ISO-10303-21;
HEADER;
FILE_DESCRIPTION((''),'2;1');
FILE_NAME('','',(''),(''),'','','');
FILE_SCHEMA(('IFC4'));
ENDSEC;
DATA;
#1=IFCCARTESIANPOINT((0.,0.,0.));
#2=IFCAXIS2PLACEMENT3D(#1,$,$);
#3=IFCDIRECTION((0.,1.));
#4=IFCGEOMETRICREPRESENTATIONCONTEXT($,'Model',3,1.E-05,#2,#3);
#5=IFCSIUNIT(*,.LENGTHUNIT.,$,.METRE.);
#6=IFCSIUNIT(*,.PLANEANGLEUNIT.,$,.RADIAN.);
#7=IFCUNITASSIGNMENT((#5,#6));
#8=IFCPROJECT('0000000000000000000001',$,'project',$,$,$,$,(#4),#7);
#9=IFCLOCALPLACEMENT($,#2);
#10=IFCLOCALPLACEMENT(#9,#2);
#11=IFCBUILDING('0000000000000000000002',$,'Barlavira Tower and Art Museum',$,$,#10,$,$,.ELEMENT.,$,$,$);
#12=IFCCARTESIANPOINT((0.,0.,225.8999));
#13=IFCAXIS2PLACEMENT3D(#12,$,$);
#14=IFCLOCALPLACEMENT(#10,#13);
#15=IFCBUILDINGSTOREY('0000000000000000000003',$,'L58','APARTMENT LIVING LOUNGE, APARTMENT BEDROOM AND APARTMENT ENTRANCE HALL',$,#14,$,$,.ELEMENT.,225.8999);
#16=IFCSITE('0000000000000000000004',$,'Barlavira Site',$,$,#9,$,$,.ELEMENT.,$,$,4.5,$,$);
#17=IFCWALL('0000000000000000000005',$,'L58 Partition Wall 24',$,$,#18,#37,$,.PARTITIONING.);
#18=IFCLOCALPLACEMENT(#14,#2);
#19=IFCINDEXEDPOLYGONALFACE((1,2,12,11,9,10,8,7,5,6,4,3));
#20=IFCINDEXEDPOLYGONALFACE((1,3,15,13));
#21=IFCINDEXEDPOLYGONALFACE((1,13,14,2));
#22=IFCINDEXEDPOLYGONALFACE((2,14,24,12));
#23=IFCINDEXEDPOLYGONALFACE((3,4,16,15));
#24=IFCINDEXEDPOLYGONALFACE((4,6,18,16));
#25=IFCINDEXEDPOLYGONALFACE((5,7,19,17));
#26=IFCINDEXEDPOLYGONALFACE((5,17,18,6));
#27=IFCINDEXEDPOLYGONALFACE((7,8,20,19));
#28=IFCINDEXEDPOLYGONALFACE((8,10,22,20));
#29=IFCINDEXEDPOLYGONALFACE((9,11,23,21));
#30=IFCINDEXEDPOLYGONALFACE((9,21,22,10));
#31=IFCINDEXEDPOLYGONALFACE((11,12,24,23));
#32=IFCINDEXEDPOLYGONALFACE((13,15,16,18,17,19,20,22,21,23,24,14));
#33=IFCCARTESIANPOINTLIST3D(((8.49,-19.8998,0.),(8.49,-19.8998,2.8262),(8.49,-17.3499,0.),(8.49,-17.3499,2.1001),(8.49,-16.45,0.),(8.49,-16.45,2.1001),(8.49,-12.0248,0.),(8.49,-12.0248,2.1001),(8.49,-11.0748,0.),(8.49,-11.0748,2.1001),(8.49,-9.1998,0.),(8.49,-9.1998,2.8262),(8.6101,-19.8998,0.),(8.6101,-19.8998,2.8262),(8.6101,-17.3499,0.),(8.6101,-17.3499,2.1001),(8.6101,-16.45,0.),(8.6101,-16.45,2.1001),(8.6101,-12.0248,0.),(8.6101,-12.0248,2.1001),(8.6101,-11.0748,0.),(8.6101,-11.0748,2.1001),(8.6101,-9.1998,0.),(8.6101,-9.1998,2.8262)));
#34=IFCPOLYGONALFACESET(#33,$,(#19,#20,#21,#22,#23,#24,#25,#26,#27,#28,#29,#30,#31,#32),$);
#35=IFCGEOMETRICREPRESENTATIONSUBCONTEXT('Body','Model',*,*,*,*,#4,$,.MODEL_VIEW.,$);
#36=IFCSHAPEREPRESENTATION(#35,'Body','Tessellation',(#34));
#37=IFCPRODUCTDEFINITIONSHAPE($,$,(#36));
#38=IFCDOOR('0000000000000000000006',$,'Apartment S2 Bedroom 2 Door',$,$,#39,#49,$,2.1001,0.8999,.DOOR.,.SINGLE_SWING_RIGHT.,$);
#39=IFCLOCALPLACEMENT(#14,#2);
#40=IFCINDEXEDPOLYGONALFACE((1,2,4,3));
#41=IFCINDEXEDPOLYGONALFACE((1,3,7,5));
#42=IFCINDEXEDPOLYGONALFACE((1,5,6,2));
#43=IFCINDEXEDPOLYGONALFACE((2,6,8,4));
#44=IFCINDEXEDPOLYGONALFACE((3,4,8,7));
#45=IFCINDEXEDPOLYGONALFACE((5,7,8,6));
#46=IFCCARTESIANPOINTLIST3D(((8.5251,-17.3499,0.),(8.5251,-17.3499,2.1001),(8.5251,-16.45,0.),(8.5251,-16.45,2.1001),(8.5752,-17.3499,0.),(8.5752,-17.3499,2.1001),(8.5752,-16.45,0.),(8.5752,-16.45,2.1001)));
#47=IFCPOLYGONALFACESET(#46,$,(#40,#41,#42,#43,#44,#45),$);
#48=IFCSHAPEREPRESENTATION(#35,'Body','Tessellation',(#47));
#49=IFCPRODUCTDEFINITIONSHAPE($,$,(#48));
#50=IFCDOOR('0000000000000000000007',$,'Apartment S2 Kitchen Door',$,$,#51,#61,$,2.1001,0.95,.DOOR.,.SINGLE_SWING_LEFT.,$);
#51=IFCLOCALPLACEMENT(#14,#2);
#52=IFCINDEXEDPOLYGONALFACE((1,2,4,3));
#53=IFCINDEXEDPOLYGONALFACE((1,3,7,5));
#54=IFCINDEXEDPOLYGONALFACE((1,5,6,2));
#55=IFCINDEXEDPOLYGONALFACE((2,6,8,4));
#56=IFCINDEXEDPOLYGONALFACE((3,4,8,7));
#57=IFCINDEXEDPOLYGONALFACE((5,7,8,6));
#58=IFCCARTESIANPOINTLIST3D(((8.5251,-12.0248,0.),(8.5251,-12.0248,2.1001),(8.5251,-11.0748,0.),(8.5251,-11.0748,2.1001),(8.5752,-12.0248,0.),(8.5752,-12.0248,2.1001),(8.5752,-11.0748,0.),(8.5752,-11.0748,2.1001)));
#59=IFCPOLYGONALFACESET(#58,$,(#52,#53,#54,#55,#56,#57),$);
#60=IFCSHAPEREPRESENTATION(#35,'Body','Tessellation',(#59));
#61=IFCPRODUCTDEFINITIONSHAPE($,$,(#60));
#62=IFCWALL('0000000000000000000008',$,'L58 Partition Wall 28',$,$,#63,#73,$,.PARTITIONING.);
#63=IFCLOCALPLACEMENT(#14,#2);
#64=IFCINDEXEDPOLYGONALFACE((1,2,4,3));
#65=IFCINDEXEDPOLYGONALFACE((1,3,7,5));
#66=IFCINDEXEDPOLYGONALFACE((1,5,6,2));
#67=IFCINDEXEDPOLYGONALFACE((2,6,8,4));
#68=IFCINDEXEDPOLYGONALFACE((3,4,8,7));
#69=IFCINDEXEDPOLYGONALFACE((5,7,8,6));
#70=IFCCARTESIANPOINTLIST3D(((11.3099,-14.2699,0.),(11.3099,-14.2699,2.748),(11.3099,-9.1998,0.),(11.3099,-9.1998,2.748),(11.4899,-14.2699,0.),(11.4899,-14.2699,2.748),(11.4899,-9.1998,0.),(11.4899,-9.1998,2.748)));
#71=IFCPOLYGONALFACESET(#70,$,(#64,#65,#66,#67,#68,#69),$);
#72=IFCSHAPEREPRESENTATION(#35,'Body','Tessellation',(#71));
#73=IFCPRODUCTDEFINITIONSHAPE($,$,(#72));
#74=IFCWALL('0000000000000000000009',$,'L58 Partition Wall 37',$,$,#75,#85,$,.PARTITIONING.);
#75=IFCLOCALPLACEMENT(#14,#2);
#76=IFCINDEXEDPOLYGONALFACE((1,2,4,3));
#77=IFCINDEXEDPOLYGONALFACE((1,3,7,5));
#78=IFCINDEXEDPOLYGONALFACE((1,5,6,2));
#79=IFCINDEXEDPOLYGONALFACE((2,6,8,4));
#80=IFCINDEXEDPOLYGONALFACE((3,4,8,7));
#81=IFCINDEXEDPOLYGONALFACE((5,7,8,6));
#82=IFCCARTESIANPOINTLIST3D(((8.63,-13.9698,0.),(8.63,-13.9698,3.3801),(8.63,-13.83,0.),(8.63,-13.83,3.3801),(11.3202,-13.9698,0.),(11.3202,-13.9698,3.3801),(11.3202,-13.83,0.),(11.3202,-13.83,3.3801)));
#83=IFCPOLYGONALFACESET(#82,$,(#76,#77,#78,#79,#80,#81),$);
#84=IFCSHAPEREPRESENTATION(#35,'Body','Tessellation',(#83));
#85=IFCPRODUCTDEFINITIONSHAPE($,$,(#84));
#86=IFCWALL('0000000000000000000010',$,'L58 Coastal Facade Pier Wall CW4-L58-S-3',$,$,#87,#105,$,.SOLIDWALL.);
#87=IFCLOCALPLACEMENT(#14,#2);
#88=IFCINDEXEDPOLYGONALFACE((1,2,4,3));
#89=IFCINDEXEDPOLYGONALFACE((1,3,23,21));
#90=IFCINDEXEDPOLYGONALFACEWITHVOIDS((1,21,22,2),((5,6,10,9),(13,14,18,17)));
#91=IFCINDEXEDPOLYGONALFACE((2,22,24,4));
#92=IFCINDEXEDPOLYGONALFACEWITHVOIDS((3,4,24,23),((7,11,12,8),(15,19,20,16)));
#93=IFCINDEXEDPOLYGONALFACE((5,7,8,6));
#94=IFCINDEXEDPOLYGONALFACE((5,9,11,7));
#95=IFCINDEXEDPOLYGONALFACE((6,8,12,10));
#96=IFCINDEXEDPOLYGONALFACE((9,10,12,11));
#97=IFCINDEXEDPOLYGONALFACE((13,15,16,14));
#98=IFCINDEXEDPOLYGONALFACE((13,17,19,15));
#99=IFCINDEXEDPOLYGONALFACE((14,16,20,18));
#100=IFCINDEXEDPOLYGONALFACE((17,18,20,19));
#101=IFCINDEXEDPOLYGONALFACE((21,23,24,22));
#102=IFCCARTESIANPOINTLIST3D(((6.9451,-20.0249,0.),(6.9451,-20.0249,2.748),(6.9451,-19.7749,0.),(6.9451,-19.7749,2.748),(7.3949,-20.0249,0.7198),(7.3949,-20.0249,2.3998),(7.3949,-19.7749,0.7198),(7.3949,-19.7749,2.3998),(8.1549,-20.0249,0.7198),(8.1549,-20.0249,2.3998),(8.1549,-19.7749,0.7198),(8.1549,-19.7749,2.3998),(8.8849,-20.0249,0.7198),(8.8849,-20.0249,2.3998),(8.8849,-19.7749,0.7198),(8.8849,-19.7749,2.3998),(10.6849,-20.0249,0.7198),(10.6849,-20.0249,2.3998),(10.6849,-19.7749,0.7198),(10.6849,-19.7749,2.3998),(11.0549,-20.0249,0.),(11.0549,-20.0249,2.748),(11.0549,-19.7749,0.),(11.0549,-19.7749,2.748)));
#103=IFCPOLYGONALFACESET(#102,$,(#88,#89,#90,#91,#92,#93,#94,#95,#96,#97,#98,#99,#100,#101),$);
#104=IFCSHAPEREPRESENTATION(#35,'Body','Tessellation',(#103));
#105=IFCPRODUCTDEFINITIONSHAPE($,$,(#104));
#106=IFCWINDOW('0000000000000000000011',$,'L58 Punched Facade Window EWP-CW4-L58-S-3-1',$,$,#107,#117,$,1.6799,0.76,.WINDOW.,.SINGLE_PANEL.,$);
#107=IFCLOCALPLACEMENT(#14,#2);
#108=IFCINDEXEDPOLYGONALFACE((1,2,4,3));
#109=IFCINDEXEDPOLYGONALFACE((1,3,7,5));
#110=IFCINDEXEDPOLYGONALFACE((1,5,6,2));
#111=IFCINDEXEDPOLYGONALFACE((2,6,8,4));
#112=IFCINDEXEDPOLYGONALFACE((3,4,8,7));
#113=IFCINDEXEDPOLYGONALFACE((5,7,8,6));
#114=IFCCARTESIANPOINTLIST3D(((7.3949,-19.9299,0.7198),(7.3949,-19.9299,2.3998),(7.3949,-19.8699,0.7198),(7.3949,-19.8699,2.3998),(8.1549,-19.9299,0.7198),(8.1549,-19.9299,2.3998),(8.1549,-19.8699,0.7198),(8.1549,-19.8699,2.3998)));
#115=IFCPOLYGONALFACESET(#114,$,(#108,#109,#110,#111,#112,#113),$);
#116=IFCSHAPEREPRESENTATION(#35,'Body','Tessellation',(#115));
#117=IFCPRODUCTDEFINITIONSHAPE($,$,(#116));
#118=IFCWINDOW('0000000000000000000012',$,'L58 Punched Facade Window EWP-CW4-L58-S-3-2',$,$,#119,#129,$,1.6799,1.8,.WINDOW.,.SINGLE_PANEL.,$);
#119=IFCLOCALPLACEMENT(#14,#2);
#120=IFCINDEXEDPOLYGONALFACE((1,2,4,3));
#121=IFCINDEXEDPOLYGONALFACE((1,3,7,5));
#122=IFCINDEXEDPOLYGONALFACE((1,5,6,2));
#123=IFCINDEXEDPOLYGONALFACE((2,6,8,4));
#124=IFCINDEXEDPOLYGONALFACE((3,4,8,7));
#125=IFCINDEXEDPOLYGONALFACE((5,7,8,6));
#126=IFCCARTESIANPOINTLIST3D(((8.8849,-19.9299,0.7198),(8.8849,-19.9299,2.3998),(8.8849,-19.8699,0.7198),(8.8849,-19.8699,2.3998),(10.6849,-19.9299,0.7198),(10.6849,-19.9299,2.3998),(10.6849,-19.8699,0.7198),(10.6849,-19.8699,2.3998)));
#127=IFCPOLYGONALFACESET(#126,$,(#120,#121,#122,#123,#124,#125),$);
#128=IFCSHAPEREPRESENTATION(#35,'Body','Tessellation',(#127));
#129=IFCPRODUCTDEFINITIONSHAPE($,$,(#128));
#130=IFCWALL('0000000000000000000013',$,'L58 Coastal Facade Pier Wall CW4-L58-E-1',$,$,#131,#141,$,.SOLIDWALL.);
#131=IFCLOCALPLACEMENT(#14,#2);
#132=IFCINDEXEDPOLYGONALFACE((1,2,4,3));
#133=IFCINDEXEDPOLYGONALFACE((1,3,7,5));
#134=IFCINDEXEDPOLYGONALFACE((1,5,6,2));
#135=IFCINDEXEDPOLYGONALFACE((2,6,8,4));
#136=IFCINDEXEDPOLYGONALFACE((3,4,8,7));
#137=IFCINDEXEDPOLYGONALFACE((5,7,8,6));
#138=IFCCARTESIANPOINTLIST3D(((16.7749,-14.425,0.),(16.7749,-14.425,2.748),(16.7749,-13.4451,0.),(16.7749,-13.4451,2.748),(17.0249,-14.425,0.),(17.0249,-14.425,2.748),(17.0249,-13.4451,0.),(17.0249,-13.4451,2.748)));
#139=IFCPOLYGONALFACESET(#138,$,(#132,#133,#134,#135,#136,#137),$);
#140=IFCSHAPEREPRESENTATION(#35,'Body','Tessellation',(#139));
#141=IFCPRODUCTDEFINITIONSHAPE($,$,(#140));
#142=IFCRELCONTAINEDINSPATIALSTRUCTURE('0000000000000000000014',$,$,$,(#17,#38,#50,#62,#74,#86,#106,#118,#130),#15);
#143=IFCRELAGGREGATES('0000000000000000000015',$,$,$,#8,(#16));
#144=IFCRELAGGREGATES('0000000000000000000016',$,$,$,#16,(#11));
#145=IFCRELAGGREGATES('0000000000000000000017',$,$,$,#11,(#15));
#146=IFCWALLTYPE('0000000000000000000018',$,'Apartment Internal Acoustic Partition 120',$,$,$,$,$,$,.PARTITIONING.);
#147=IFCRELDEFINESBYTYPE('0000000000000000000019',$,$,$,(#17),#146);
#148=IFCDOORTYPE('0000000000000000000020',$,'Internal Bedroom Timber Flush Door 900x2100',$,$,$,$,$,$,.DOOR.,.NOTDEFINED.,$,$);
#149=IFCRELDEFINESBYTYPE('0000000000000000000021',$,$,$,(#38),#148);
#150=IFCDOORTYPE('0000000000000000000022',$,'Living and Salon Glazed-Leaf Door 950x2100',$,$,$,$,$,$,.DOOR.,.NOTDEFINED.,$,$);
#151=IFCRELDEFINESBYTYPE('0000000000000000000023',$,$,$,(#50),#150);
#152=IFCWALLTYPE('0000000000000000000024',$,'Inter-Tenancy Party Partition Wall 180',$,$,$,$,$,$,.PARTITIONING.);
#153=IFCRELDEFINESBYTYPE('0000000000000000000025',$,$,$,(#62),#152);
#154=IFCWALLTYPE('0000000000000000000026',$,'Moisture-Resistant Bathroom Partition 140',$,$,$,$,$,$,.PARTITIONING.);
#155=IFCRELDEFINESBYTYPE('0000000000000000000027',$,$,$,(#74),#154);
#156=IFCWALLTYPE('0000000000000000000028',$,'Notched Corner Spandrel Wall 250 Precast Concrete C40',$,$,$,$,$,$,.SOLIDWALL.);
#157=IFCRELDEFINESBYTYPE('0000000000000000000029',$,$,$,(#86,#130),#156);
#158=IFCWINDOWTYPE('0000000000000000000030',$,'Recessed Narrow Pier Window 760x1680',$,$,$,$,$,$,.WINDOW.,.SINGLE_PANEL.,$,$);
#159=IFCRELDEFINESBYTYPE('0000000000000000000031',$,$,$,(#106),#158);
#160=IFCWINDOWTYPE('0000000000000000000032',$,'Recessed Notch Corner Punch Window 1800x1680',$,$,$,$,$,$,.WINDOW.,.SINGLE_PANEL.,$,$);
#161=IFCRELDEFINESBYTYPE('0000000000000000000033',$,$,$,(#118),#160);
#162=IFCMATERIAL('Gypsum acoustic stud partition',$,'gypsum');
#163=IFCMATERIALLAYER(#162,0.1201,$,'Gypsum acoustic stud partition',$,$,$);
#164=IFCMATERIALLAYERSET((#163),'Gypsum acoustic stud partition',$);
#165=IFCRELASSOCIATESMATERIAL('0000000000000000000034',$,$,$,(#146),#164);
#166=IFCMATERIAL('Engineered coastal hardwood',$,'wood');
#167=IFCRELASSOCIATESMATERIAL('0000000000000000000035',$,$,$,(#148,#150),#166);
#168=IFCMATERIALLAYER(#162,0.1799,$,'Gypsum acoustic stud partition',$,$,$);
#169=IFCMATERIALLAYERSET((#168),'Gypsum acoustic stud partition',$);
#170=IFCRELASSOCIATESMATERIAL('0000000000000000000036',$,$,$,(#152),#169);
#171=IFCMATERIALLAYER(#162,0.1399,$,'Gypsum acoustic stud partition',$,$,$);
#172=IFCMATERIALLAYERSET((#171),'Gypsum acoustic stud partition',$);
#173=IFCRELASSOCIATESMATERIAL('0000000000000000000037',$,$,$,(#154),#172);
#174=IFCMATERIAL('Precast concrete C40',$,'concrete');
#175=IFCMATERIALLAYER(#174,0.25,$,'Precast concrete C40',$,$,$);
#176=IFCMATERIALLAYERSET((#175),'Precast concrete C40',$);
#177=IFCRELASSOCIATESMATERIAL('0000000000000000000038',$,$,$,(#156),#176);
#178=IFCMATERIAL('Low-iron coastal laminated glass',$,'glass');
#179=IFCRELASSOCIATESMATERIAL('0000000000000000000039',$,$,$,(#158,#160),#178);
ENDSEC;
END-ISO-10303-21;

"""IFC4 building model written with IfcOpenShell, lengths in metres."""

from ifc_helpers import new_model, si_unit, direction, frame, frame_2d, origin, place, context, subcontext, project, spatial, rectangle, extrude, material, layer, layer_set, type_object, element, fill, save


model = new_model("IFC4")

# Units and contexts
model_context = context("Model", 3, precision=1e-05, world=origin(), true_north=direction((0.0, 1.0)))
body_context = subcontext(model_context, "Body", "Model", "MODEL_VIEW")
ifc_project = project(units=[si_unit("LENGTHUNIT", "METRE"), si_unit("PLANEANGLEUNIT", "RADIAN")], contexts=[model_context])

# Site, building, storey
site_placement = place(None, origin())
site = spatial("IfcSite", under=ifc_project, at=site_placement, Name="Barlavira Site", CompositionType="ELEMENT", RefElevation=4.5)
building_placement = place(site_placement, origin())
building = spatial("IfcBuilding", under=site, at=building_placement, Name="Barlavira Tower and Art Museum", CompositionType="ELEMENT")
storey_placement = place(building_placement, frame((0.0, 0.0, 225.8999)))
storey = spatial("IfcBuildingStorey", under=building, at=storey_placement, Name="L58", Description="APARTMENT LIVING LOUNGE, APARTMENT BEDROOM AND APARTMENT ENTRANCE HALL", CompositionType="ELEMENT", Elevation=225.8999)

# Shared definitions
ifc_material_1 = material(Name="Low-iron coastal laminated glass", Category="glass")

# Wall, openings, doors
ifc_material_2 = material(Name="Gypsum acoustic stud partition", Category="gypsum")
ifc_layer_1 = layer(ifc_material_2, 0.1201, Name="Gypsum acoustic stud partition")
ifc_layer_set_1 = layer_set([ifc_layer_1], Name="Gypsum acoustic stud partition")
wall_type_1 = type_object("IfcWallType", Name="Apartment Internal Acoustic Partition 120", PredefinedType="PARTITIONING", material=ifc_layer_set_1)
wall_1_placement = place(storey_placement, frame((8.55, -19.8999, 0.0), z_axis=(0.0, 0.0, 1.0), x_axis=(0.0, 1.0, 0.0)))
wall_1 = element("IfcWall", 1, at=wall_1_placement, inside=storey, type_object=wall_type_1, Name="L58 Partition Wall 24", PredefinedType="PARTITIONING", context=body_context, shape_type="SweptSolid", body=[
    extrude(rectangle(XDim=10.7, YDim=0.1201, at=frame_2d((5.3501, 0.0))), origin(), (0.0, 0.0, 1.0), 2.8262),
])
opening_1_placement = place(wall_1_placement, frame((7.875, 0.0, 0.0)))
opening_1 = element("IfcOpeningElement", 2, at=opening_1_placement, cuts=wall_1, PredefinedType="OPENING", context=body_context, shape_type="SweptSolid", body=[
    extrude(rectangle(XDim=0.95, YDim=2.1001, at=frame_2d((0.4751, 1.05))), frame((0.0, 0.0701, 0.0), z_axis=(0.0, -1.0, 0.0), x_axis=(1.0, 0.0, 0.0)), (0.0, 0.0, 1.0), 0.1401),
])
opening_2_placement = place(wall_1_placement, frame((2.55, 0.0, 0.0)))
opening_2 = element("IfcOpeningElement", 3, at=opening_2_placement, cuts=wall_1, PredefinedType="OPENING", context=body_context, shape_type="SweptSolid", body=[
    extrude(rectangle(XDim=0.8999, YDim=2.1001, at=frame_2d((0.45, 1.05))), frame((0.0, 0.0701, 0.0), z_axis=(0.0, -1.0, 0.0), x_axis=(1.0, 0.0, 0.0)), (0.0, 0.0, 1.0), 0.1401),
])
ifc_material_3 = material(Name="Engineered coastal hardwood", Category="wood")
door_type_1 = type_object("IfcDoorType", Name="Internal Bedroom Timber Flush Door 900x2100", OperationType="NOTDEFINED", PredefinedType="DOOR", material=ifc_material_3)
door_1_placement = place(opening_2_placement, origin())
door_1 = element("IfcDoor", 4, at=door_1_placement, inside=storey, type_object=door_type_1, Name="Apartment S2 Bedroom 2 Door", OperationType="SINGLE_SWING_RIGHT", OverallHeight=2.1001, OverallWidth=0.8999, PredefinedType="DOOR", context=body_context, shape_type="SweptSolid", body=[
    extrude(rectangle(XDim=0.8999, YDim=2.1001, at=frame_2d((0.45, 1.05))), frame((0.0, 0.0249, 0.0), z_axis=(0.0, -1.0, 0.0), x_axis=(1.0, 0.0, 0.0)), (0.0, 0.0, 1.0), 0.05),
])
fill(opening_2, door_1)
door_type_2 = type_object("IfcDoorType", Name="Living and Salon Glazed-Leaf Door 950x2100", OperationType="NOTDEFINED", PredefinedType="DOOR", material=ifc_material_3)
door_2_placement = place(opening_1_placement, origin())
door_2 = element("IfcDoor", 5, at=door_2_placement, inside=storey, type_object=door_type_2, Name="Apartment S2 Kitchen Door", OperationType="SINGLE_SWING_LEFT", OverallHeight=2.1001, OverallWidth=0.95, PredefinedType="DOOR", context=body_context, shape_type="SweptSolid", body=[
    extrude(rectangle(XDim=0.95, YDim=2.1001, at=frame_2d((0.4751, 1.05))), frame((0.0, 0.0249, 0.0), z_axis=(0.0, -1.0, 0.0), x_axis=(1.0, 0.0, 0.0)), (0.0, 0.0, 1.0), 0.05),
])
fill(opening_1, door_2)

# Walls
ifc_layer_2 = layer(ifc_material_2, 0.1799, Name="Gypsum acoustic stud partition")
ifc_layer_set_2 = layer_set([ifc_layer_2], Name="Gypsum acoustic stud partition")
wall_type_2 = type_object("IfcWallType", Name="Inter-Tenancy Party Partition Wall 180", PredefinedType="PARTITIONING", material=ifc_layer_set_2)
wall_2_placement = place(storey_placement, frame((11.3999, -14.27, 0.0), z_axis=(0.0, 0.0, 1.0), x_axis=(0.0, 1.0, 0.0)))
element("IfcWall", 6, at=wall_2_placement, inside=storey, type_object=wall_type_2, Name="L58 Partition Wall 28", PredefinedType="PARTITIONING", context=body_context, shape_type="SweptSolid", body=[
    extrude(rectangle(XDim=5.0701, YDim=0.1799, at=frame_2d((2.5352, 0.0))), origin(), (0.0, 0.0, 1.0), 2.748),
])
ifc_layer_3 = layer(ifc_material_2, 0.1399, Name="Gypsum acoustic stud partition")
ifc_layer_set_3 = layer_set([ifc_layer_3], Name="Gypsum acoustic stud partition")
wall_type_3 = type_object("IfcWallType", Name="Moisture-Resistant Bathroom Partition 140", PredefinedType="PARTITIONING", material=ifc_layer_set_3)
wall_3_placement = place(storey_placement, frame((8.6299, -13.8999, 0.0), z_axis=(0.0, 0.0, 1.0), x_axis=(1.0, 0.0, 0.0)))
element("IfcWall", 7, at=wall_3_placement, inside=storey, type_object=wall_type_3, Name="L58 Partition Wall 37", PredefinedType="PARTITIONING", context=body_context, shape_type="SweptSolid", body=[
    extrude(rectangle(XDim=2.6902, YDim=0.1399, at=frame_2d((1.3452, 0.0))), origin(), (0.0, 0.0, 1.0), 3.3801),
])

# Wall, openings, windows
ifc_material_4 = material(Name="Precast concrete C40", Category="concrete")
ifc_layer_4 = layer(ifc_material_4, 0.25, Name="Precast concrete C40")
ifc_layer_set_4 = layer_set([ifc_layer_4], Name="Precast concrete C40")
wall_type_4 = type_object("IfcWallType", Name="Notched Corner Spandrel Wall 250 Precast Concrete C40", PredefinedType="SOLIDWALL", material=ifc_layer_set_4)
wall_4_placement = place(storey_placement, frame((6.9451, -19.8999, 0.0), z_axis=(0.0, 0.0, 1.0), x_axis=(1.0, 0.0, 0.0)))
wall_4 = element("IfcWall", 8, at=wall_4_placement, inside=storey, type_object=wall_type_4, Name="L58 Coastal Facade Pier Wall CW4-L58-S-3", PredefinedType="SOLIDWALL", context=body_context, shape_type="SweptSolid", body=[
    extrude(rectangle(XDim=4.1099, YDim=0.25, at=frame_2d((2.0549, 0.0))), origin(), (0.0, 0.0, 1.0), 2.748),
])
opening_3_placement = place(wall_4_placement, frame((0.45, 0.0, 0.72)))
opening_3 = element("IfcOpeningElement", 9, at=opening_3_placement, cuts=wall_4, PredefinedType="OPENING", context=body_context, shape_type="SweptSolid", body=[
    extrude(rectangle(XDim=0.76, YDim=1.6799, at=frame_2d((0.3799, 0.8398))), frame((0.0, 0.135, 0.0), z_axis=(0.0, -1.0, 0.0), x_axis=(1.0, 0.0, 0.0)), (0.0, 0.0, 1.0), 0.27),
])
opening_4_placement = place(wall_4_placement, frame((1.9399, 0.0, 0.72)))
opening_4 = element("IfcOpeningElement", 10, at=opening_4_placement, cuts=wall_4, PredefinedType="OPENING", context=body_context, shape_type="SweptSolid", body=[
    extrude(rectangle(XDim=1.8, YDim=1.6799, at=frame_2d((0.8999, 0.8398))), frame((0.0, 0.135, 0.0), z_axis=(0.0, -1.0, 0.0), x_axis=(1.0, 0.0, 0.0)), (0.0, 0.0, 1.0), 0.27),
])
window_type_1 = type_object("IfcWindowType", Name="Recessed Narrow Pier Window 760x1680", PartitioningType="SINGLE_PANEL", PredefinedType="WINDOW", material=ifc_material_1)
window_1_placement = place(opening_3_placement, origin())
window_1 = element("IfcWindow", 11, at=window_1_placement, inside=storey, type_object=window_type_1, Name="L58 Punched Facade Window EWP-CW4-L58-S-3-1", OverallHeight=1.6799, OverallWidth=0.76, PartitioningType="SINGLE_PANEL", PredefinedType="WINDOW", context=body_context, shape_type="SweptSolid", body=[
    extrude(rectangle(XDim=0.76, YDim=1.6799, at=frame_2d((0.3799, 0.8398))), frame((0.0, 0.03, 0.0), z_axis=(0.0, -1.0, 0.0), x_axis=(1.0, 0.0, 0.0)), (0.0, 0.0, 1.0), 0.0601),
])
fill(opening_3, window_1)
window_type_2 = type_object("IfcWindowType", Name="Recessed Notch Corner Punch Window 1800x1680", PartitioningType="SINGLE_PANEL", PredefinedType="WINDOW", material=ifc_material_1)
window_2_placement = place(opening_4_placement, origin())
window_2 = element("IfcWindow", 12, at=window_2_placement, inside=storey, type_object=window_type_2, Name="L58 Punched Facade Window EWP-CW4-L58-S-3-2", OverallHeight=1.6799, OverallWidth=1.8, PartitioningType="SINGLE_PANEL", PredefinedType="WINDOW", context=body_context, shape_type="SweptSolid", body=[
    extrude(rectangle(XDim=1.8, YDim=1.6799, at=frame_2d((0.8999, 0.8398))), frame((0.0, 0.03, 0.0), z_axis=(0.0, -1.0, 0.0), x_axis=(1.0, 0.0, 0.0)), (0.0, 0.0, 1.0), 0.0601),
])
fill(opening_4, window_2)

# Wall
wall_5_placement = place(storey_placement, frame((16.8999, -14.425, 0.0), z_axis=(0.0, 0.0, 1.0), x_axis=(0.0, 1.0, 0.0)))
element("IfcWall", 13, at=wall_5_placement, inside=storey, type_object=wall_type_4, Name="L58 Coastal Facade Pier Wall CW4-L58-E-1", PredefinedType="SOLIDWALL", context=body_context, shape_type="SweptSolid", body=[
    extrude(rectangle(XDim=0.98, YDim=0.25, at=frame_2d((0.49, 0.0))), origin(), (0.0, 0.0, 1.0), 2.748),
])

save(model, "model.ifc")
